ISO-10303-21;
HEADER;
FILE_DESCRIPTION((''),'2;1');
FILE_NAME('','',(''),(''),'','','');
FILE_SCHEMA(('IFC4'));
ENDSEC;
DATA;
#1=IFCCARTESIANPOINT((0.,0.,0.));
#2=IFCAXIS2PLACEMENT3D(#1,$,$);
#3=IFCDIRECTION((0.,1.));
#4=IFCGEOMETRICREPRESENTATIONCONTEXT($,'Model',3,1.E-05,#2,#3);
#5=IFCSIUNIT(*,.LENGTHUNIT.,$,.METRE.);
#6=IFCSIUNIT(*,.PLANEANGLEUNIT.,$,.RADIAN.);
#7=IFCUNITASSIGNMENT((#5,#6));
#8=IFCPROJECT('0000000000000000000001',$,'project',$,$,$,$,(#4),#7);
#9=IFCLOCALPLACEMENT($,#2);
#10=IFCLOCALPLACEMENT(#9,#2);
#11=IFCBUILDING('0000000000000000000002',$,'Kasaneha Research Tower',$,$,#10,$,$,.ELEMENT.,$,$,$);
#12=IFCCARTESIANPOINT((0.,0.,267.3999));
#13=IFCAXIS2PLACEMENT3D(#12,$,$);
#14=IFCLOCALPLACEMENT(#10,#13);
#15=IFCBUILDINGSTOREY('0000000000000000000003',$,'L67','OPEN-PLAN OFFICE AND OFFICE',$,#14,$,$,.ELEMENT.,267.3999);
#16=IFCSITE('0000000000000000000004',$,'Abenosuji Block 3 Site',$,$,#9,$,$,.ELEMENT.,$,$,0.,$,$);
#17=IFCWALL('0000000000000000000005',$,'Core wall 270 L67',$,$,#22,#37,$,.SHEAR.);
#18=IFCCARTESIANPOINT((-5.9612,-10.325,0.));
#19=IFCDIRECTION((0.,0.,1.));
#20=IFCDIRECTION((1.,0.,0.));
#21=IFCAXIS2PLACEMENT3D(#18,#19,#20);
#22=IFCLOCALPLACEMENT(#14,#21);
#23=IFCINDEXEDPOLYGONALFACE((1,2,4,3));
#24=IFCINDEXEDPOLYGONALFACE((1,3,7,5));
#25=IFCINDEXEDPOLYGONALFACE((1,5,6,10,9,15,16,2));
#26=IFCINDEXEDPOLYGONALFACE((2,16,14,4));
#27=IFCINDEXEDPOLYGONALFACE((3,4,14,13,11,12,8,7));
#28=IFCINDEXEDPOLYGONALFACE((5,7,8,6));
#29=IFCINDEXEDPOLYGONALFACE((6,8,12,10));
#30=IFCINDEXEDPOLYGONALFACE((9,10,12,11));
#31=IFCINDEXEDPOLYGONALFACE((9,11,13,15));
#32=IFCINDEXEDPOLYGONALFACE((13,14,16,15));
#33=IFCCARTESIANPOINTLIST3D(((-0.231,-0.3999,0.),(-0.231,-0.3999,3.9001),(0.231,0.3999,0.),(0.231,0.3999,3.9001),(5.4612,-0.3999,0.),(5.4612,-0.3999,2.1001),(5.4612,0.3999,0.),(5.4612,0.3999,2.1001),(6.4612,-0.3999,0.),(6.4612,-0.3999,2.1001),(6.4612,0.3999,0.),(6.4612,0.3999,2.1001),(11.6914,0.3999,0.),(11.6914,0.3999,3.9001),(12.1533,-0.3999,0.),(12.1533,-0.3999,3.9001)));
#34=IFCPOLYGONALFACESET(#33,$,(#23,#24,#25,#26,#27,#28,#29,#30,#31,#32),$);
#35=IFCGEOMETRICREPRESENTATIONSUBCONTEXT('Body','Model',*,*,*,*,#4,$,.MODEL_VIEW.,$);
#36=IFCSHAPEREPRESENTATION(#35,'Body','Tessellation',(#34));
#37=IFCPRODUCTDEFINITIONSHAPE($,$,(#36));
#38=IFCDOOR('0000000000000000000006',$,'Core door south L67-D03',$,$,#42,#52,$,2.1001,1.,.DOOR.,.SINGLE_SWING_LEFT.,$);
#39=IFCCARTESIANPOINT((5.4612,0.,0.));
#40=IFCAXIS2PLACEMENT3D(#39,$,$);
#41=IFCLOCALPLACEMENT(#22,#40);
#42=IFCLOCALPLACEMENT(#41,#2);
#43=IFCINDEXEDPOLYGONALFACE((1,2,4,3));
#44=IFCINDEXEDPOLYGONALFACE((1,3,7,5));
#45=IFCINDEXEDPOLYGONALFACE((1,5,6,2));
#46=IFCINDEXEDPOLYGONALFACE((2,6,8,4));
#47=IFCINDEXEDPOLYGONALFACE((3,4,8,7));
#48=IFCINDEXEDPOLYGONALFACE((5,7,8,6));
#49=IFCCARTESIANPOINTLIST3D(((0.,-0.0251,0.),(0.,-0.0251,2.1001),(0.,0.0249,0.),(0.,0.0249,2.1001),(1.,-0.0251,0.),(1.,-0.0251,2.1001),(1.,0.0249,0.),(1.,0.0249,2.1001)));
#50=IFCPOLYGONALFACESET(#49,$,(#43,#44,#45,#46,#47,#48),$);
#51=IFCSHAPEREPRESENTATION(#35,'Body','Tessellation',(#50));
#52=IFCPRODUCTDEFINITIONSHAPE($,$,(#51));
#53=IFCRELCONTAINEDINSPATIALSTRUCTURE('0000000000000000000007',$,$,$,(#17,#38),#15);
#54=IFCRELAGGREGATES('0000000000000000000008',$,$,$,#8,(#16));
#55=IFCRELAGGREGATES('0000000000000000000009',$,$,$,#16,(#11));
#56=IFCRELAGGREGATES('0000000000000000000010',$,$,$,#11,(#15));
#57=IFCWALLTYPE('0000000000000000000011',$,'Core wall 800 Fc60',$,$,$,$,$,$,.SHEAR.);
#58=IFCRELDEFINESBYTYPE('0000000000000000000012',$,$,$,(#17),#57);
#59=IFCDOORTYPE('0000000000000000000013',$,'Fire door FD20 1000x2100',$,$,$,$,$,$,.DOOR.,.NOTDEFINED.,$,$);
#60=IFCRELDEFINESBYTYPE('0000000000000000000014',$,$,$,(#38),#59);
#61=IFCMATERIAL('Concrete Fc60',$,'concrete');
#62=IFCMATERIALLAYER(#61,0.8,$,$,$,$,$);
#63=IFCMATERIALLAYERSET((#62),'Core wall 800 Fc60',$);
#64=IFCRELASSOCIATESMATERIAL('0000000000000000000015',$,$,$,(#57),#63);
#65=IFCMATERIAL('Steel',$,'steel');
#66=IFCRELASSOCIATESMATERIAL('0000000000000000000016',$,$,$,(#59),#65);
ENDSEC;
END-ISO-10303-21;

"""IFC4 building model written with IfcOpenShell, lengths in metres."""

from ifc_helpers import new_model, si_unit, direction, frame, frame_2d, origin, place, context, subcontext, project, spatial, polyline, rectangle, outline, extrude, material, layer, layer_set, type_object, element, fill, save


model = new_model("IFC4")

# Units and contexts
model_context = context("Model", 3, precision=1e-05, world=origin(), true_north=direction((0.0, 1.0)))
body_context = subcontext(model_context, "Body", "Model", "MODEL_VIEW")
ifc_project = project(units=[si_unit("LENGTHUNIT", "METRE"), si_unit("PLANEANGLEUNIT", "RADIAN")], contexts=[model_context])

# Site, building, storey
site_placement = place(None, origin())
site = spatial("IfcSite", under=ifc_project, at=site_placement, Name="Abenosuji Block 3 Site", CompositionType="ELEMENT", RefElevation=0.0)
building_placement = place(site_placement, origin())
building = spatial("IfcBuilding", under=site, at=building_placement, Name="Kasaneha Research Tower", CompositionType="ELEMENT")
storey_placement = place(building_placement, frame((0.0, 0.0, 267.3999)))
storey = spatial("IfcBuildingStorey", under=building, at=storey_placement, Name="L67", Description="OPEN-PLAN OFFICE AND OFFICE", CompositionType="ELEMENT", Elevation=267.3999)

# Wall, opening, door
ifc_material_1 = material(Name="Concrete Fc60", Category="concrete")
ifc_layer_1 = layer(ifc_material_1, 0.8)
ifc_layer_set_1 = layer_set([ifc_layer_1], Name="Core wall 800 Fc60")
wall_type_1 = type_object("IfcWallType", Name="Core wall 800 Fc60", PredefinedType="SHEAR", material=ifc_layer_set_1)
wall_1_placement = place(storey_placement, frame((-5.9612, -10.325, 0.0), z_axis=(0.0, 0.0, 1.0), x_axis=(1.0, 0.0, 0.0)))
wall_1 = element("IfcWall", 1, at=wall_1_placement, inside=storey, type_object=wall_type_1, Name="Core wall 270 L67", PredefinedType="SHEAR", context=body_context, shape_type="SweptSolid", body=[
    extrude(outline(polyline([(-0.231, -0.3999), (5.4612, -0.3999), (6.4612, -0.3999), (12.1533, -0.3999), (11.6914, 0.3999), (6.4612, 0.3999), (5.4612, 0.3999), (0.231, 0.3999), (-0.231, -0.3999)])), origin(), (0.0, 0.0, 1.0), 3.9001),
])
opening_1_placement = place(wall_1_placement, frame((5.4612, 0.0, 0.0)))
opening_1 = element("IfcOpeningElement", 2, at=opening_1_placement, cuts=wall_1, PredefinedType="OPENING", context=body_context, shape_type="SweptSolid", body=[
    extrude(rectangle(XDim=1.0, YDim=2.1001, at=frame_2d((0.5, 1.05))), frame((0.0, 0.4102, 0.0), z_axis=(0.0, -1.0, 0.0), x_axis=(1.0, 0.0, 0.0)), (0.0, 0.0, 1.0), 0.8201),
])
ifc_material_2 = material(Name="Steel", Category="steel")
door_type_1 = type_object("IfcDoorType", Name="Fire door FD20 1000x2100", OperationType="NOTDEFINED", PredefinedType="DOOR", material=ifc_material_2)
door_1_placement = place(opening_1_placement, origin())
door_1 = element("IfcDoor", 3, at=door_1_placement, inside=storey, type_object=door_type_1, Name="Core door south L67-D03", OperationType="SINGLE_SWING_LEFT", OverallHeight=2.1001, OverallWidth=1.0, PredefinedType="DOOR", context=body_context, shape_type="SweptSolid", body=[
    extrude(rectangle(XDim=1.0, YDim=2.1001, at=frame_2d((0.5, 1.05))), frame((0.0, 0.0249, 0.0), z_axis=(0.0, -1.0, 0.0), x_axis=(1.0, 0.0, 0.0)), (0.0, 0.0, 1.0), 0.05),
])
fill(opening_1, door_1)

save(model, "model.ifc")
